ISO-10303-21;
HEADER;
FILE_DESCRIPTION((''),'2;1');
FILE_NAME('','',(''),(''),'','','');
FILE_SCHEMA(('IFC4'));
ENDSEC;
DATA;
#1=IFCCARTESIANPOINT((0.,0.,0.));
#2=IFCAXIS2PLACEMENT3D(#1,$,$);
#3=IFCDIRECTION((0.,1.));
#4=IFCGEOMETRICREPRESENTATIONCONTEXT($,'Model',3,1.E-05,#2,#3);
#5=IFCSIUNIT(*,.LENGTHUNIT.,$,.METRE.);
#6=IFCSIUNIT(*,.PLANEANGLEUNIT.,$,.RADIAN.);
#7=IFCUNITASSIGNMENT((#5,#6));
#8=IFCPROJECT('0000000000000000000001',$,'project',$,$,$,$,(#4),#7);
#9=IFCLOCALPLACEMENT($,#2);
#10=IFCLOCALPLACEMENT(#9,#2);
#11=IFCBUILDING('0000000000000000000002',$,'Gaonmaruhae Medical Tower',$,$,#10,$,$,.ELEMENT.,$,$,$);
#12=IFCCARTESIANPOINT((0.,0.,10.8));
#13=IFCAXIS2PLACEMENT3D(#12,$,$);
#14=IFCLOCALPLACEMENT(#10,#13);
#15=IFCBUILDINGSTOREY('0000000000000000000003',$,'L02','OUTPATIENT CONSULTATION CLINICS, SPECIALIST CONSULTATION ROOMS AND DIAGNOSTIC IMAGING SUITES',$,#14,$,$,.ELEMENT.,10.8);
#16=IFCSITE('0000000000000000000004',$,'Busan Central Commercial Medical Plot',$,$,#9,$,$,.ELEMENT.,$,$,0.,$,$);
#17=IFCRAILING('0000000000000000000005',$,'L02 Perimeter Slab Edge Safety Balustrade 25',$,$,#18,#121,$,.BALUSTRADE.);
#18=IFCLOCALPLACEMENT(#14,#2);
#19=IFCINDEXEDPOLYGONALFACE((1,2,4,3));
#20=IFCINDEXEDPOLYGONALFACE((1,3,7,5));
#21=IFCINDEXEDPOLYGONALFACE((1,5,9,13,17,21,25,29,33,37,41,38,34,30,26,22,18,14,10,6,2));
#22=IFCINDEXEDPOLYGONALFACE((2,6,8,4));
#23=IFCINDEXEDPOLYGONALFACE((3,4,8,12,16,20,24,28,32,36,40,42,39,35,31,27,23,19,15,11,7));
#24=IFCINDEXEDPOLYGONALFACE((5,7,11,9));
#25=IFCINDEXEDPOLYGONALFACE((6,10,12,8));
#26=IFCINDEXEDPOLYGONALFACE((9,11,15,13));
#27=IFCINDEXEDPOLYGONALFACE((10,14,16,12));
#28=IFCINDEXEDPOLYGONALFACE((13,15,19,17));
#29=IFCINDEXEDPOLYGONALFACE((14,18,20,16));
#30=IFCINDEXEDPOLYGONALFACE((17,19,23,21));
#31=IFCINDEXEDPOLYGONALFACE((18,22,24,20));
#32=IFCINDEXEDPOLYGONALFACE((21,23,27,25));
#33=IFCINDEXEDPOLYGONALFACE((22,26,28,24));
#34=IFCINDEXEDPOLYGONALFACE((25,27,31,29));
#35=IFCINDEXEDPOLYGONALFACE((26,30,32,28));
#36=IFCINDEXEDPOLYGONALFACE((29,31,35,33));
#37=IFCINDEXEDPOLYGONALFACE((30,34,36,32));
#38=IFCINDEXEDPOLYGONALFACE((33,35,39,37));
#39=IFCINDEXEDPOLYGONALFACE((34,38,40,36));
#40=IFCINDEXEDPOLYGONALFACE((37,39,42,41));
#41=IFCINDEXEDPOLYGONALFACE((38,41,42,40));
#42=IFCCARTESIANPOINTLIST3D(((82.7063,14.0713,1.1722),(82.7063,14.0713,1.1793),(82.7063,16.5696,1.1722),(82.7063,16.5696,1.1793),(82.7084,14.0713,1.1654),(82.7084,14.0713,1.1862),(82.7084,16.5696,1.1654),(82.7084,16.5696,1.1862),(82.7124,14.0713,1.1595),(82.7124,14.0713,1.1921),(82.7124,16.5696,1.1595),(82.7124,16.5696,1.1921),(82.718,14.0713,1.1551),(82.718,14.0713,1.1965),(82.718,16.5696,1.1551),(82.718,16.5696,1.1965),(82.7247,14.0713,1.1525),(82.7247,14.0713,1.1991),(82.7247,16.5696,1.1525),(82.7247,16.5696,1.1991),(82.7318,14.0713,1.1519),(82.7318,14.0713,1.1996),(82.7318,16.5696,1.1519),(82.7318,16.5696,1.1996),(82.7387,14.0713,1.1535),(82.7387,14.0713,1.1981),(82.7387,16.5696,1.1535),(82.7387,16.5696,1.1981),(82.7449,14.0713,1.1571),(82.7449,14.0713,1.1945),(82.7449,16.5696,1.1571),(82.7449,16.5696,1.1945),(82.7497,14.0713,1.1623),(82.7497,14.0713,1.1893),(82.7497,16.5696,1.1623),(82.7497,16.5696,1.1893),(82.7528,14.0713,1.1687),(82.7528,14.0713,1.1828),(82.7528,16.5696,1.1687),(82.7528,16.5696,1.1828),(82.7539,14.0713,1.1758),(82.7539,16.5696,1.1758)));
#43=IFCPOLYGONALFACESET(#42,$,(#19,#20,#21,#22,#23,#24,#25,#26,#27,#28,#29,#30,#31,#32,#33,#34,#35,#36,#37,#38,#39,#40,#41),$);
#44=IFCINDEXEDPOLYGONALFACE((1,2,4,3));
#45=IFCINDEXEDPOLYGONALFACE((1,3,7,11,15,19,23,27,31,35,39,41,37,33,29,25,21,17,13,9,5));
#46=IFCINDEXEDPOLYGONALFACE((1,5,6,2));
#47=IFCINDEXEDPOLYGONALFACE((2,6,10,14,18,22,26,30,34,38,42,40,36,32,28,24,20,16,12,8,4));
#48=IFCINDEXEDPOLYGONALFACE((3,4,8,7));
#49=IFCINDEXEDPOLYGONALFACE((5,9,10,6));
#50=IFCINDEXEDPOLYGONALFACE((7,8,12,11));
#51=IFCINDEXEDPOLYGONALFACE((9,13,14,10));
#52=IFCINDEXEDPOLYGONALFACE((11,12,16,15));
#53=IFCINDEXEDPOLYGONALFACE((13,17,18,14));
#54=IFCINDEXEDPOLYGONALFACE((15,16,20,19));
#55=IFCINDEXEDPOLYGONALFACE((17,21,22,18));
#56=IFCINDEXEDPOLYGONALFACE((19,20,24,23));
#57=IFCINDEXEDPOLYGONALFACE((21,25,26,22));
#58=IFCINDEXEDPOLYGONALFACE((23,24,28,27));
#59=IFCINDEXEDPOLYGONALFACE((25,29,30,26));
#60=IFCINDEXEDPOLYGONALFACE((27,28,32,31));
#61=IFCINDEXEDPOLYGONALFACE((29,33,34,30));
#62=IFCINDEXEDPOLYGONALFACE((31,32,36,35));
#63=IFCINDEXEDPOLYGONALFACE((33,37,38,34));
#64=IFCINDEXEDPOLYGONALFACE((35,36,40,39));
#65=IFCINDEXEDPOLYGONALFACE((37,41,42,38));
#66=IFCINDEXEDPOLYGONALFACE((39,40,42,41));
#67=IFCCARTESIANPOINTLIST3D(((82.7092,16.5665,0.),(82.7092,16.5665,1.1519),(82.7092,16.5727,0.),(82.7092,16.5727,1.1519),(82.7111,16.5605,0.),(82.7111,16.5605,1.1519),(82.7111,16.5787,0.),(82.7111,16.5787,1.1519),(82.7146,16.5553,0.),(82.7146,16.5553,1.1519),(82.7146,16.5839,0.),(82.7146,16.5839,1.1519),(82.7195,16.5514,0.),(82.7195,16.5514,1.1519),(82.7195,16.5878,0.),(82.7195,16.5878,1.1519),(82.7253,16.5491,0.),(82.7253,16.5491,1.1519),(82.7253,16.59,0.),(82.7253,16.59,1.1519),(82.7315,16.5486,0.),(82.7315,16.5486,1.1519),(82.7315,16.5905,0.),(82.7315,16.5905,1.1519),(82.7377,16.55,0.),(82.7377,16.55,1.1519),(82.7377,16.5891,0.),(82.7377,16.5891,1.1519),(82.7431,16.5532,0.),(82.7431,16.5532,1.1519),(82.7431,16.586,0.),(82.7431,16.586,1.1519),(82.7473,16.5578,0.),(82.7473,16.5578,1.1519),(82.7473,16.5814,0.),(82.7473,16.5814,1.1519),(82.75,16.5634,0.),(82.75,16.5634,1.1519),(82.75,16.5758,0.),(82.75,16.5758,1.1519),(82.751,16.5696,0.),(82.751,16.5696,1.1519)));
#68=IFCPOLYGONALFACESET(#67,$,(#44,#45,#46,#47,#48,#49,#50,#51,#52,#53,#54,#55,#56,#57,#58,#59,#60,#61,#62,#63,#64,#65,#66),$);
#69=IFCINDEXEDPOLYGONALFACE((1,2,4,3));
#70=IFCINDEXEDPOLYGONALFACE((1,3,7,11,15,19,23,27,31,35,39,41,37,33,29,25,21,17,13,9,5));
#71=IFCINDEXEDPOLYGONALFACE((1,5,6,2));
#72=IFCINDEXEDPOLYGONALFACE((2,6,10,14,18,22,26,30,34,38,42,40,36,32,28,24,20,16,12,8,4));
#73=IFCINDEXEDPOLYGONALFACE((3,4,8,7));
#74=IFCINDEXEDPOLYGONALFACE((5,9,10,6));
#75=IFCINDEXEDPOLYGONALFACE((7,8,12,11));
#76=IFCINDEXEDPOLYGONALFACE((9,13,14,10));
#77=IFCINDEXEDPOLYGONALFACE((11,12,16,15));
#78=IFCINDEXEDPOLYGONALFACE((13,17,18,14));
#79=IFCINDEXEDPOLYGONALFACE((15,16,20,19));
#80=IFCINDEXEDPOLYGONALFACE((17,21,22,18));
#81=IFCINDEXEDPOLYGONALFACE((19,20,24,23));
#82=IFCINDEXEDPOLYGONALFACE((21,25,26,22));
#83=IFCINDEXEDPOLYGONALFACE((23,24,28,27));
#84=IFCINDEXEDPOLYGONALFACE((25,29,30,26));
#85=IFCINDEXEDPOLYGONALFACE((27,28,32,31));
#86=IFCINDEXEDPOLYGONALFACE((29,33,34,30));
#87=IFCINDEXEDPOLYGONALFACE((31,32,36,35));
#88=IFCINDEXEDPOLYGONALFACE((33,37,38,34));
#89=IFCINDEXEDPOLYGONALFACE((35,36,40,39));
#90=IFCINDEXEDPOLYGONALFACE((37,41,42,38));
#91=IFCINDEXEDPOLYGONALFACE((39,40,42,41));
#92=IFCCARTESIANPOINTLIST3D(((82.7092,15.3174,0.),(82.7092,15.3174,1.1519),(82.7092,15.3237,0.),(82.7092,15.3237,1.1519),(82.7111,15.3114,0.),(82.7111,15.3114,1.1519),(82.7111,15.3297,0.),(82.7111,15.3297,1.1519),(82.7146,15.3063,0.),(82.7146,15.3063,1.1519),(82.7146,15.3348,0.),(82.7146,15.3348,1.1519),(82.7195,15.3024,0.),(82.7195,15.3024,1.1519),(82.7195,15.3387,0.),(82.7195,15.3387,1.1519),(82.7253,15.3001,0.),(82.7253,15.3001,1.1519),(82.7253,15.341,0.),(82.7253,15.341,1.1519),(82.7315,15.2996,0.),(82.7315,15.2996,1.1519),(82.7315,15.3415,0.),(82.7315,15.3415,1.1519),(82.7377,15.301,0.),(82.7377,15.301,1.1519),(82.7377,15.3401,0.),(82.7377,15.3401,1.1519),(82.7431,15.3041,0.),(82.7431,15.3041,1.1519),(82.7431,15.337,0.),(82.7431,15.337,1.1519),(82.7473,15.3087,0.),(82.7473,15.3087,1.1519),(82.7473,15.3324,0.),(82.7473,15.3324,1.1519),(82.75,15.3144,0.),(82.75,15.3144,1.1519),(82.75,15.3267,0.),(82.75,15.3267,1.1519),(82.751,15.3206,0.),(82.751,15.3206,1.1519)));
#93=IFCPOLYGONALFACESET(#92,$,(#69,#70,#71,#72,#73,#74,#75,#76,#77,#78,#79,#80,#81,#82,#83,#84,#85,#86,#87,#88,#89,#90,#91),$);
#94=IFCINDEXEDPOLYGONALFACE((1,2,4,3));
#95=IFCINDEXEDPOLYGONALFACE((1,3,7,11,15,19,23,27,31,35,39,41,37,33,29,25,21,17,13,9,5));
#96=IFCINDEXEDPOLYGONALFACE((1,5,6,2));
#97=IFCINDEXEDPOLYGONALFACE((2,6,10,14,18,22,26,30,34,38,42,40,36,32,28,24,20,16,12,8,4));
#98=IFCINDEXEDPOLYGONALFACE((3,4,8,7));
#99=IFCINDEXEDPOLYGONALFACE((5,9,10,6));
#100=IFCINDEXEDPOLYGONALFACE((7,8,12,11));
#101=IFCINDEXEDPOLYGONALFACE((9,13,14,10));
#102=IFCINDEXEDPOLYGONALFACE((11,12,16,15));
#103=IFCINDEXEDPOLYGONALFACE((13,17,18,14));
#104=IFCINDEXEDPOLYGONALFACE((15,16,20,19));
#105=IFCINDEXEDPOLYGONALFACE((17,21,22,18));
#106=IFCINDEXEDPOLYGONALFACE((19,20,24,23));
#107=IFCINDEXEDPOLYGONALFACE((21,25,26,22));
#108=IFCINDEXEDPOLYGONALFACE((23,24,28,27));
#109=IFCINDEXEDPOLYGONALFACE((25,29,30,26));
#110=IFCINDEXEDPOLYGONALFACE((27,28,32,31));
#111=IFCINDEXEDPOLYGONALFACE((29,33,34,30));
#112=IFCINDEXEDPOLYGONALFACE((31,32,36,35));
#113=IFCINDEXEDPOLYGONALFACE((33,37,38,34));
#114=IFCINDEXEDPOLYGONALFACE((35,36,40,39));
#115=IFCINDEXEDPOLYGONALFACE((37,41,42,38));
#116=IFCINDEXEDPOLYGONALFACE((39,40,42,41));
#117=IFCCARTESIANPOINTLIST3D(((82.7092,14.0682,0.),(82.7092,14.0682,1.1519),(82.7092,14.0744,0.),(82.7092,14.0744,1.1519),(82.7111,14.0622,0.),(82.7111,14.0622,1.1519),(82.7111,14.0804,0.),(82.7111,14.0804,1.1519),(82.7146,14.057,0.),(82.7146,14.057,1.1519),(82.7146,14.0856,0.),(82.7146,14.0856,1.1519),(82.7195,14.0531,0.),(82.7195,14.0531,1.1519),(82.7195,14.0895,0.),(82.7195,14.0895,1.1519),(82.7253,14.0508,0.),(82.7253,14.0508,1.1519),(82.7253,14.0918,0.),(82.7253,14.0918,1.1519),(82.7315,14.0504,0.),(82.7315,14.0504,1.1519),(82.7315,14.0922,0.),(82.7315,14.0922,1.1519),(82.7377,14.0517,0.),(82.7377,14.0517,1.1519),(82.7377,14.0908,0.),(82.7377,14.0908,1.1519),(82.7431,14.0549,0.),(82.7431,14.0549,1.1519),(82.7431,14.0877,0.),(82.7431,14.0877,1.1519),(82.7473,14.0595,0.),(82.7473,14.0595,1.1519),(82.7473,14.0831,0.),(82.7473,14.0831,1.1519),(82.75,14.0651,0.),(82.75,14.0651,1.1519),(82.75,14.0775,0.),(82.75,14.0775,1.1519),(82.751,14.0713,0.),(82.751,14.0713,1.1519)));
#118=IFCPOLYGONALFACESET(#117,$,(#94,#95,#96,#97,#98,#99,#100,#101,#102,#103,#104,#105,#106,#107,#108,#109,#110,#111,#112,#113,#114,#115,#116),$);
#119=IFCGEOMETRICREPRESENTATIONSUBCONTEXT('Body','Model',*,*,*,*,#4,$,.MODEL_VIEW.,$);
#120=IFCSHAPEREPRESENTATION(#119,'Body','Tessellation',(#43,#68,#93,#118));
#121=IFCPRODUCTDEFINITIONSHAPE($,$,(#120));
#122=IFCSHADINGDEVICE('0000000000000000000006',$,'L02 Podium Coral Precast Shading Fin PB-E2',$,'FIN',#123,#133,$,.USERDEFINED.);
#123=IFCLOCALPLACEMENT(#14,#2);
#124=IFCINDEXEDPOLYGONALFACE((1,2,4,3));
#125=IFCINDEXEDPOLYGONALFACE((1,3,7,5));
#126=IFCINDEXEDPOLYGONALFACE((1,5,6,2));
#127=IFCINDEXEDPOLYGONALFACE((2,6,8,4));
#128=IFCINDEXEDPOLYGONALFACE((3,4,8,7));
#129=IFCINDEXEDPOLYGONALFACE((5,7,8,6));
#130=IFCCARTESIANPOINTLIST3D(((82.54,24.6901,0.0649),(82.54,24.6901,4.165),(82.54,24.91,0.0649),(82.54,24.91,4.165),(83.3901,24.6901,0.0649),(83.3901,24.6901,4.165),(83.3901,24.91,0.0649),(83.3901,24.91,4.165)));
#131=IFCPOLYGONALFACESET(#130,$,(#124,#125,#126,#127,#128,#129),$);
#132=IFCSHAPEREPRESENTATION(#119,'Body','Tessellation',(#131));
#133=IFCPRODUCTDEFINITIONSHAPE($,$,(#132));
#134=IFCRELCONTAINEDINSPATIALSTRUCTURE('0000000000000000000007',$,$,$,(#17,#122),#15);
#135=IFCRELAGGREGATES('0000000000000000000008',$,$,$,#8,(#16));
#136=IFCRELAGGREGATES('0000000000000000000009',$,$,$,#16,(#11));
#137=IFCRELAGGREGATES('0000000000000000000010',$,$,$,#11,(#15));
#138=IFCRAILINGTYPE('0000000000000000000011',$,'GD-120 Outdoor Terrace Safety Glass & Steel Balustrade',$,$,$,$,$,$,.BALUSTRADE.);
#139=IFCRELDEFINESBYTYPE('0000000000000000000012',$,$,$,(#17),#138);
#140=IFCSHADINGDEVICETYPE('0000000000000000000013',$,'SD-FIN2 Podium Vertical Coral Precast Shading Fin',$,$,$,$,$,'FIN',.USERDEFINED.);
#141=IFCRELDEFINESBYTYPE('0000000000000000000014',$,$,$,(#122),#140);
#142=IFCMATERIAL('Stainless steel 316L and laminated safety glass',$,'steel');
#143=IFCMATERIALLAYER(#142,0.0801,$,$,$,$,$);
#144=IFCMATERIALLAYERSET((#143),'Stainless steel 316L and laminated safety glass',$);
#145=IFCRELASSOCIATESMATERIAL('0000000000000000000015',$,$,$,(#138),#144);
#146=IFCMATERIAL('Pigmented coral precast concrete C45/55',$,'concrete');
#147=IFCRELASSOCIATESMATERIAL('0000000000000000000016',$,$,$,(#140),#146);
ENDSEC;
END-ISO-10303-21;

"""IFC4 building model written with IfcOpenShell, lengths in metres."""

from ifc_helpers import new_model, si_unit, direction, frame, origin, origin_2d, place, context, subcontext, project, spatial, rectangle, circle, extrude, material, layer, layer_set, type_object, element, save


model = new_model("IFC4")

# Units and contexts
model_context = context("Model", 3, precision=1e-05, world=origin(), true_north=direction((0.0, 1.0)))
body_context = subcontext(model_context, "Body", "Model", "MODEL_VIEW")
ifc_project = project(units=[si_unit("LENGTHUNIT", "METRE"), si_unit("PLANEANGLEUNIT", "RADIAN")], contexts=[model_context])

# Site, building, storey
site_placement = place(None, origin())
site = spatial("IfcSite", under=ifc_project, at=site_placement, Name="Busan Central Commercial Medical Plot", CompositionType="ELEMENT", RefElevation=0.0)
building_placement = place(site_placement, origin())
building = spatial("IfcBuilding", under=site, at=building_placement, Name="Gaonmaruhae Medical Tower", CompositionType="ELEMENT")
storey_placement = place(building_placement, frame((0.0, 0.0, 10.8)))
storey = spatial("IfcBuildingStorey", under=building, at=storey_placement, Name="L02", Description="OUTPATIENT CONSULTATION CLINICS, SPECIALIST CONSULTATION ROOMS AND DIAGNOSTIC IMAGING SUITES", CompositionType="ELEMENT", Elevation=10.8)

# Railing
ifc_material_1 = material(Name="Stainless steel 316L and laminated safety glass", Category="steel")
ifc_layer_1 = layer(ifc_material_1, 0.0801)
ifc_layer_set_1 = layer_set([ifc_layer_1], Name="Stainless steel 316L and laminated safety glass")
railing_type = type_object("IfcRailingType", Name="GD-120 Outdoor Terrace Safety Glass & Steel Balustrade", PredefinedType="BALUSTRADE", material=ifc_layer_set_1)
for number, where, name in (
    (1, (82.73, 16.5696, 0.0), "L02 Perimeter Slab Edge Safety Balustrade 25"),
):
    element("IfcRailing", number, at=place(storey_placement, frame(where)), inside=storey, type_object=railing_type, Name=name, PredefinedType="BALUSTRADE", context=body_context, shape_type="SweptSolid", body=[
        extrude(circle(Radius=0.0239, at=origin_2d()), frame((0.0, 0.0, 1.1758), z_axis=(0.0, -1.0, 0.0), x_axis=(1.0, 0.0, 0.0)), (0.0, 0.0, 1.0), 2.4983),
        extrude(circle(Radius=0.021, at=origin_2d()), origin(), (0.0, 0.0, 1.0), 1.1519),
        extrude(circle(Radius=0.021, at=origin_2d()), frame((0.0, -1.249, 0.0)), (0.0, 0.0, 1.0), 1.1519),
        extrude(circle(Radius=0.021, at=origin_2d()), frame((0.0, -2.4983, 0.0)), (0.0, 0.0, 1.0), 1.1519),
    ])

# Shading device
ifc_material_2 = material(Name="Pigmented coral precast concrete C45/55", Category="concrete")
shading_device_type = type_object("IfcShadingDeviceType", Name="SD-FIN2 Podium Vertical Coral Precast Shading Fin", ElementType="FIN", PredefinedType="USERDEFINED", material=ifc_material_2)
shading_device_placement = place(storey_placement, frame((82.9651, 24.8, 0.0649), z_axis=(0.0, 0.0, 1.0), x_axis=(0.0, -1.0, 0.0)))
element("IfcShadingDevice", 2, at=shading_device_placement, inside=storey, type_object=shading_device_type, Name="L02 Podium Coral Precast Shading Fin PB-E2", ObjectType="FIN", PredefinedType="USERDEFINED", context=body_context, shape_type="SweptSolid", body=[
    extrude(rectangle(XDim=0.22, YDim=0.8501, at=origin_2d()), origin(), (0.0, 0.0, 1.0), 4.1001),
])

save(model, "model.ifc")
